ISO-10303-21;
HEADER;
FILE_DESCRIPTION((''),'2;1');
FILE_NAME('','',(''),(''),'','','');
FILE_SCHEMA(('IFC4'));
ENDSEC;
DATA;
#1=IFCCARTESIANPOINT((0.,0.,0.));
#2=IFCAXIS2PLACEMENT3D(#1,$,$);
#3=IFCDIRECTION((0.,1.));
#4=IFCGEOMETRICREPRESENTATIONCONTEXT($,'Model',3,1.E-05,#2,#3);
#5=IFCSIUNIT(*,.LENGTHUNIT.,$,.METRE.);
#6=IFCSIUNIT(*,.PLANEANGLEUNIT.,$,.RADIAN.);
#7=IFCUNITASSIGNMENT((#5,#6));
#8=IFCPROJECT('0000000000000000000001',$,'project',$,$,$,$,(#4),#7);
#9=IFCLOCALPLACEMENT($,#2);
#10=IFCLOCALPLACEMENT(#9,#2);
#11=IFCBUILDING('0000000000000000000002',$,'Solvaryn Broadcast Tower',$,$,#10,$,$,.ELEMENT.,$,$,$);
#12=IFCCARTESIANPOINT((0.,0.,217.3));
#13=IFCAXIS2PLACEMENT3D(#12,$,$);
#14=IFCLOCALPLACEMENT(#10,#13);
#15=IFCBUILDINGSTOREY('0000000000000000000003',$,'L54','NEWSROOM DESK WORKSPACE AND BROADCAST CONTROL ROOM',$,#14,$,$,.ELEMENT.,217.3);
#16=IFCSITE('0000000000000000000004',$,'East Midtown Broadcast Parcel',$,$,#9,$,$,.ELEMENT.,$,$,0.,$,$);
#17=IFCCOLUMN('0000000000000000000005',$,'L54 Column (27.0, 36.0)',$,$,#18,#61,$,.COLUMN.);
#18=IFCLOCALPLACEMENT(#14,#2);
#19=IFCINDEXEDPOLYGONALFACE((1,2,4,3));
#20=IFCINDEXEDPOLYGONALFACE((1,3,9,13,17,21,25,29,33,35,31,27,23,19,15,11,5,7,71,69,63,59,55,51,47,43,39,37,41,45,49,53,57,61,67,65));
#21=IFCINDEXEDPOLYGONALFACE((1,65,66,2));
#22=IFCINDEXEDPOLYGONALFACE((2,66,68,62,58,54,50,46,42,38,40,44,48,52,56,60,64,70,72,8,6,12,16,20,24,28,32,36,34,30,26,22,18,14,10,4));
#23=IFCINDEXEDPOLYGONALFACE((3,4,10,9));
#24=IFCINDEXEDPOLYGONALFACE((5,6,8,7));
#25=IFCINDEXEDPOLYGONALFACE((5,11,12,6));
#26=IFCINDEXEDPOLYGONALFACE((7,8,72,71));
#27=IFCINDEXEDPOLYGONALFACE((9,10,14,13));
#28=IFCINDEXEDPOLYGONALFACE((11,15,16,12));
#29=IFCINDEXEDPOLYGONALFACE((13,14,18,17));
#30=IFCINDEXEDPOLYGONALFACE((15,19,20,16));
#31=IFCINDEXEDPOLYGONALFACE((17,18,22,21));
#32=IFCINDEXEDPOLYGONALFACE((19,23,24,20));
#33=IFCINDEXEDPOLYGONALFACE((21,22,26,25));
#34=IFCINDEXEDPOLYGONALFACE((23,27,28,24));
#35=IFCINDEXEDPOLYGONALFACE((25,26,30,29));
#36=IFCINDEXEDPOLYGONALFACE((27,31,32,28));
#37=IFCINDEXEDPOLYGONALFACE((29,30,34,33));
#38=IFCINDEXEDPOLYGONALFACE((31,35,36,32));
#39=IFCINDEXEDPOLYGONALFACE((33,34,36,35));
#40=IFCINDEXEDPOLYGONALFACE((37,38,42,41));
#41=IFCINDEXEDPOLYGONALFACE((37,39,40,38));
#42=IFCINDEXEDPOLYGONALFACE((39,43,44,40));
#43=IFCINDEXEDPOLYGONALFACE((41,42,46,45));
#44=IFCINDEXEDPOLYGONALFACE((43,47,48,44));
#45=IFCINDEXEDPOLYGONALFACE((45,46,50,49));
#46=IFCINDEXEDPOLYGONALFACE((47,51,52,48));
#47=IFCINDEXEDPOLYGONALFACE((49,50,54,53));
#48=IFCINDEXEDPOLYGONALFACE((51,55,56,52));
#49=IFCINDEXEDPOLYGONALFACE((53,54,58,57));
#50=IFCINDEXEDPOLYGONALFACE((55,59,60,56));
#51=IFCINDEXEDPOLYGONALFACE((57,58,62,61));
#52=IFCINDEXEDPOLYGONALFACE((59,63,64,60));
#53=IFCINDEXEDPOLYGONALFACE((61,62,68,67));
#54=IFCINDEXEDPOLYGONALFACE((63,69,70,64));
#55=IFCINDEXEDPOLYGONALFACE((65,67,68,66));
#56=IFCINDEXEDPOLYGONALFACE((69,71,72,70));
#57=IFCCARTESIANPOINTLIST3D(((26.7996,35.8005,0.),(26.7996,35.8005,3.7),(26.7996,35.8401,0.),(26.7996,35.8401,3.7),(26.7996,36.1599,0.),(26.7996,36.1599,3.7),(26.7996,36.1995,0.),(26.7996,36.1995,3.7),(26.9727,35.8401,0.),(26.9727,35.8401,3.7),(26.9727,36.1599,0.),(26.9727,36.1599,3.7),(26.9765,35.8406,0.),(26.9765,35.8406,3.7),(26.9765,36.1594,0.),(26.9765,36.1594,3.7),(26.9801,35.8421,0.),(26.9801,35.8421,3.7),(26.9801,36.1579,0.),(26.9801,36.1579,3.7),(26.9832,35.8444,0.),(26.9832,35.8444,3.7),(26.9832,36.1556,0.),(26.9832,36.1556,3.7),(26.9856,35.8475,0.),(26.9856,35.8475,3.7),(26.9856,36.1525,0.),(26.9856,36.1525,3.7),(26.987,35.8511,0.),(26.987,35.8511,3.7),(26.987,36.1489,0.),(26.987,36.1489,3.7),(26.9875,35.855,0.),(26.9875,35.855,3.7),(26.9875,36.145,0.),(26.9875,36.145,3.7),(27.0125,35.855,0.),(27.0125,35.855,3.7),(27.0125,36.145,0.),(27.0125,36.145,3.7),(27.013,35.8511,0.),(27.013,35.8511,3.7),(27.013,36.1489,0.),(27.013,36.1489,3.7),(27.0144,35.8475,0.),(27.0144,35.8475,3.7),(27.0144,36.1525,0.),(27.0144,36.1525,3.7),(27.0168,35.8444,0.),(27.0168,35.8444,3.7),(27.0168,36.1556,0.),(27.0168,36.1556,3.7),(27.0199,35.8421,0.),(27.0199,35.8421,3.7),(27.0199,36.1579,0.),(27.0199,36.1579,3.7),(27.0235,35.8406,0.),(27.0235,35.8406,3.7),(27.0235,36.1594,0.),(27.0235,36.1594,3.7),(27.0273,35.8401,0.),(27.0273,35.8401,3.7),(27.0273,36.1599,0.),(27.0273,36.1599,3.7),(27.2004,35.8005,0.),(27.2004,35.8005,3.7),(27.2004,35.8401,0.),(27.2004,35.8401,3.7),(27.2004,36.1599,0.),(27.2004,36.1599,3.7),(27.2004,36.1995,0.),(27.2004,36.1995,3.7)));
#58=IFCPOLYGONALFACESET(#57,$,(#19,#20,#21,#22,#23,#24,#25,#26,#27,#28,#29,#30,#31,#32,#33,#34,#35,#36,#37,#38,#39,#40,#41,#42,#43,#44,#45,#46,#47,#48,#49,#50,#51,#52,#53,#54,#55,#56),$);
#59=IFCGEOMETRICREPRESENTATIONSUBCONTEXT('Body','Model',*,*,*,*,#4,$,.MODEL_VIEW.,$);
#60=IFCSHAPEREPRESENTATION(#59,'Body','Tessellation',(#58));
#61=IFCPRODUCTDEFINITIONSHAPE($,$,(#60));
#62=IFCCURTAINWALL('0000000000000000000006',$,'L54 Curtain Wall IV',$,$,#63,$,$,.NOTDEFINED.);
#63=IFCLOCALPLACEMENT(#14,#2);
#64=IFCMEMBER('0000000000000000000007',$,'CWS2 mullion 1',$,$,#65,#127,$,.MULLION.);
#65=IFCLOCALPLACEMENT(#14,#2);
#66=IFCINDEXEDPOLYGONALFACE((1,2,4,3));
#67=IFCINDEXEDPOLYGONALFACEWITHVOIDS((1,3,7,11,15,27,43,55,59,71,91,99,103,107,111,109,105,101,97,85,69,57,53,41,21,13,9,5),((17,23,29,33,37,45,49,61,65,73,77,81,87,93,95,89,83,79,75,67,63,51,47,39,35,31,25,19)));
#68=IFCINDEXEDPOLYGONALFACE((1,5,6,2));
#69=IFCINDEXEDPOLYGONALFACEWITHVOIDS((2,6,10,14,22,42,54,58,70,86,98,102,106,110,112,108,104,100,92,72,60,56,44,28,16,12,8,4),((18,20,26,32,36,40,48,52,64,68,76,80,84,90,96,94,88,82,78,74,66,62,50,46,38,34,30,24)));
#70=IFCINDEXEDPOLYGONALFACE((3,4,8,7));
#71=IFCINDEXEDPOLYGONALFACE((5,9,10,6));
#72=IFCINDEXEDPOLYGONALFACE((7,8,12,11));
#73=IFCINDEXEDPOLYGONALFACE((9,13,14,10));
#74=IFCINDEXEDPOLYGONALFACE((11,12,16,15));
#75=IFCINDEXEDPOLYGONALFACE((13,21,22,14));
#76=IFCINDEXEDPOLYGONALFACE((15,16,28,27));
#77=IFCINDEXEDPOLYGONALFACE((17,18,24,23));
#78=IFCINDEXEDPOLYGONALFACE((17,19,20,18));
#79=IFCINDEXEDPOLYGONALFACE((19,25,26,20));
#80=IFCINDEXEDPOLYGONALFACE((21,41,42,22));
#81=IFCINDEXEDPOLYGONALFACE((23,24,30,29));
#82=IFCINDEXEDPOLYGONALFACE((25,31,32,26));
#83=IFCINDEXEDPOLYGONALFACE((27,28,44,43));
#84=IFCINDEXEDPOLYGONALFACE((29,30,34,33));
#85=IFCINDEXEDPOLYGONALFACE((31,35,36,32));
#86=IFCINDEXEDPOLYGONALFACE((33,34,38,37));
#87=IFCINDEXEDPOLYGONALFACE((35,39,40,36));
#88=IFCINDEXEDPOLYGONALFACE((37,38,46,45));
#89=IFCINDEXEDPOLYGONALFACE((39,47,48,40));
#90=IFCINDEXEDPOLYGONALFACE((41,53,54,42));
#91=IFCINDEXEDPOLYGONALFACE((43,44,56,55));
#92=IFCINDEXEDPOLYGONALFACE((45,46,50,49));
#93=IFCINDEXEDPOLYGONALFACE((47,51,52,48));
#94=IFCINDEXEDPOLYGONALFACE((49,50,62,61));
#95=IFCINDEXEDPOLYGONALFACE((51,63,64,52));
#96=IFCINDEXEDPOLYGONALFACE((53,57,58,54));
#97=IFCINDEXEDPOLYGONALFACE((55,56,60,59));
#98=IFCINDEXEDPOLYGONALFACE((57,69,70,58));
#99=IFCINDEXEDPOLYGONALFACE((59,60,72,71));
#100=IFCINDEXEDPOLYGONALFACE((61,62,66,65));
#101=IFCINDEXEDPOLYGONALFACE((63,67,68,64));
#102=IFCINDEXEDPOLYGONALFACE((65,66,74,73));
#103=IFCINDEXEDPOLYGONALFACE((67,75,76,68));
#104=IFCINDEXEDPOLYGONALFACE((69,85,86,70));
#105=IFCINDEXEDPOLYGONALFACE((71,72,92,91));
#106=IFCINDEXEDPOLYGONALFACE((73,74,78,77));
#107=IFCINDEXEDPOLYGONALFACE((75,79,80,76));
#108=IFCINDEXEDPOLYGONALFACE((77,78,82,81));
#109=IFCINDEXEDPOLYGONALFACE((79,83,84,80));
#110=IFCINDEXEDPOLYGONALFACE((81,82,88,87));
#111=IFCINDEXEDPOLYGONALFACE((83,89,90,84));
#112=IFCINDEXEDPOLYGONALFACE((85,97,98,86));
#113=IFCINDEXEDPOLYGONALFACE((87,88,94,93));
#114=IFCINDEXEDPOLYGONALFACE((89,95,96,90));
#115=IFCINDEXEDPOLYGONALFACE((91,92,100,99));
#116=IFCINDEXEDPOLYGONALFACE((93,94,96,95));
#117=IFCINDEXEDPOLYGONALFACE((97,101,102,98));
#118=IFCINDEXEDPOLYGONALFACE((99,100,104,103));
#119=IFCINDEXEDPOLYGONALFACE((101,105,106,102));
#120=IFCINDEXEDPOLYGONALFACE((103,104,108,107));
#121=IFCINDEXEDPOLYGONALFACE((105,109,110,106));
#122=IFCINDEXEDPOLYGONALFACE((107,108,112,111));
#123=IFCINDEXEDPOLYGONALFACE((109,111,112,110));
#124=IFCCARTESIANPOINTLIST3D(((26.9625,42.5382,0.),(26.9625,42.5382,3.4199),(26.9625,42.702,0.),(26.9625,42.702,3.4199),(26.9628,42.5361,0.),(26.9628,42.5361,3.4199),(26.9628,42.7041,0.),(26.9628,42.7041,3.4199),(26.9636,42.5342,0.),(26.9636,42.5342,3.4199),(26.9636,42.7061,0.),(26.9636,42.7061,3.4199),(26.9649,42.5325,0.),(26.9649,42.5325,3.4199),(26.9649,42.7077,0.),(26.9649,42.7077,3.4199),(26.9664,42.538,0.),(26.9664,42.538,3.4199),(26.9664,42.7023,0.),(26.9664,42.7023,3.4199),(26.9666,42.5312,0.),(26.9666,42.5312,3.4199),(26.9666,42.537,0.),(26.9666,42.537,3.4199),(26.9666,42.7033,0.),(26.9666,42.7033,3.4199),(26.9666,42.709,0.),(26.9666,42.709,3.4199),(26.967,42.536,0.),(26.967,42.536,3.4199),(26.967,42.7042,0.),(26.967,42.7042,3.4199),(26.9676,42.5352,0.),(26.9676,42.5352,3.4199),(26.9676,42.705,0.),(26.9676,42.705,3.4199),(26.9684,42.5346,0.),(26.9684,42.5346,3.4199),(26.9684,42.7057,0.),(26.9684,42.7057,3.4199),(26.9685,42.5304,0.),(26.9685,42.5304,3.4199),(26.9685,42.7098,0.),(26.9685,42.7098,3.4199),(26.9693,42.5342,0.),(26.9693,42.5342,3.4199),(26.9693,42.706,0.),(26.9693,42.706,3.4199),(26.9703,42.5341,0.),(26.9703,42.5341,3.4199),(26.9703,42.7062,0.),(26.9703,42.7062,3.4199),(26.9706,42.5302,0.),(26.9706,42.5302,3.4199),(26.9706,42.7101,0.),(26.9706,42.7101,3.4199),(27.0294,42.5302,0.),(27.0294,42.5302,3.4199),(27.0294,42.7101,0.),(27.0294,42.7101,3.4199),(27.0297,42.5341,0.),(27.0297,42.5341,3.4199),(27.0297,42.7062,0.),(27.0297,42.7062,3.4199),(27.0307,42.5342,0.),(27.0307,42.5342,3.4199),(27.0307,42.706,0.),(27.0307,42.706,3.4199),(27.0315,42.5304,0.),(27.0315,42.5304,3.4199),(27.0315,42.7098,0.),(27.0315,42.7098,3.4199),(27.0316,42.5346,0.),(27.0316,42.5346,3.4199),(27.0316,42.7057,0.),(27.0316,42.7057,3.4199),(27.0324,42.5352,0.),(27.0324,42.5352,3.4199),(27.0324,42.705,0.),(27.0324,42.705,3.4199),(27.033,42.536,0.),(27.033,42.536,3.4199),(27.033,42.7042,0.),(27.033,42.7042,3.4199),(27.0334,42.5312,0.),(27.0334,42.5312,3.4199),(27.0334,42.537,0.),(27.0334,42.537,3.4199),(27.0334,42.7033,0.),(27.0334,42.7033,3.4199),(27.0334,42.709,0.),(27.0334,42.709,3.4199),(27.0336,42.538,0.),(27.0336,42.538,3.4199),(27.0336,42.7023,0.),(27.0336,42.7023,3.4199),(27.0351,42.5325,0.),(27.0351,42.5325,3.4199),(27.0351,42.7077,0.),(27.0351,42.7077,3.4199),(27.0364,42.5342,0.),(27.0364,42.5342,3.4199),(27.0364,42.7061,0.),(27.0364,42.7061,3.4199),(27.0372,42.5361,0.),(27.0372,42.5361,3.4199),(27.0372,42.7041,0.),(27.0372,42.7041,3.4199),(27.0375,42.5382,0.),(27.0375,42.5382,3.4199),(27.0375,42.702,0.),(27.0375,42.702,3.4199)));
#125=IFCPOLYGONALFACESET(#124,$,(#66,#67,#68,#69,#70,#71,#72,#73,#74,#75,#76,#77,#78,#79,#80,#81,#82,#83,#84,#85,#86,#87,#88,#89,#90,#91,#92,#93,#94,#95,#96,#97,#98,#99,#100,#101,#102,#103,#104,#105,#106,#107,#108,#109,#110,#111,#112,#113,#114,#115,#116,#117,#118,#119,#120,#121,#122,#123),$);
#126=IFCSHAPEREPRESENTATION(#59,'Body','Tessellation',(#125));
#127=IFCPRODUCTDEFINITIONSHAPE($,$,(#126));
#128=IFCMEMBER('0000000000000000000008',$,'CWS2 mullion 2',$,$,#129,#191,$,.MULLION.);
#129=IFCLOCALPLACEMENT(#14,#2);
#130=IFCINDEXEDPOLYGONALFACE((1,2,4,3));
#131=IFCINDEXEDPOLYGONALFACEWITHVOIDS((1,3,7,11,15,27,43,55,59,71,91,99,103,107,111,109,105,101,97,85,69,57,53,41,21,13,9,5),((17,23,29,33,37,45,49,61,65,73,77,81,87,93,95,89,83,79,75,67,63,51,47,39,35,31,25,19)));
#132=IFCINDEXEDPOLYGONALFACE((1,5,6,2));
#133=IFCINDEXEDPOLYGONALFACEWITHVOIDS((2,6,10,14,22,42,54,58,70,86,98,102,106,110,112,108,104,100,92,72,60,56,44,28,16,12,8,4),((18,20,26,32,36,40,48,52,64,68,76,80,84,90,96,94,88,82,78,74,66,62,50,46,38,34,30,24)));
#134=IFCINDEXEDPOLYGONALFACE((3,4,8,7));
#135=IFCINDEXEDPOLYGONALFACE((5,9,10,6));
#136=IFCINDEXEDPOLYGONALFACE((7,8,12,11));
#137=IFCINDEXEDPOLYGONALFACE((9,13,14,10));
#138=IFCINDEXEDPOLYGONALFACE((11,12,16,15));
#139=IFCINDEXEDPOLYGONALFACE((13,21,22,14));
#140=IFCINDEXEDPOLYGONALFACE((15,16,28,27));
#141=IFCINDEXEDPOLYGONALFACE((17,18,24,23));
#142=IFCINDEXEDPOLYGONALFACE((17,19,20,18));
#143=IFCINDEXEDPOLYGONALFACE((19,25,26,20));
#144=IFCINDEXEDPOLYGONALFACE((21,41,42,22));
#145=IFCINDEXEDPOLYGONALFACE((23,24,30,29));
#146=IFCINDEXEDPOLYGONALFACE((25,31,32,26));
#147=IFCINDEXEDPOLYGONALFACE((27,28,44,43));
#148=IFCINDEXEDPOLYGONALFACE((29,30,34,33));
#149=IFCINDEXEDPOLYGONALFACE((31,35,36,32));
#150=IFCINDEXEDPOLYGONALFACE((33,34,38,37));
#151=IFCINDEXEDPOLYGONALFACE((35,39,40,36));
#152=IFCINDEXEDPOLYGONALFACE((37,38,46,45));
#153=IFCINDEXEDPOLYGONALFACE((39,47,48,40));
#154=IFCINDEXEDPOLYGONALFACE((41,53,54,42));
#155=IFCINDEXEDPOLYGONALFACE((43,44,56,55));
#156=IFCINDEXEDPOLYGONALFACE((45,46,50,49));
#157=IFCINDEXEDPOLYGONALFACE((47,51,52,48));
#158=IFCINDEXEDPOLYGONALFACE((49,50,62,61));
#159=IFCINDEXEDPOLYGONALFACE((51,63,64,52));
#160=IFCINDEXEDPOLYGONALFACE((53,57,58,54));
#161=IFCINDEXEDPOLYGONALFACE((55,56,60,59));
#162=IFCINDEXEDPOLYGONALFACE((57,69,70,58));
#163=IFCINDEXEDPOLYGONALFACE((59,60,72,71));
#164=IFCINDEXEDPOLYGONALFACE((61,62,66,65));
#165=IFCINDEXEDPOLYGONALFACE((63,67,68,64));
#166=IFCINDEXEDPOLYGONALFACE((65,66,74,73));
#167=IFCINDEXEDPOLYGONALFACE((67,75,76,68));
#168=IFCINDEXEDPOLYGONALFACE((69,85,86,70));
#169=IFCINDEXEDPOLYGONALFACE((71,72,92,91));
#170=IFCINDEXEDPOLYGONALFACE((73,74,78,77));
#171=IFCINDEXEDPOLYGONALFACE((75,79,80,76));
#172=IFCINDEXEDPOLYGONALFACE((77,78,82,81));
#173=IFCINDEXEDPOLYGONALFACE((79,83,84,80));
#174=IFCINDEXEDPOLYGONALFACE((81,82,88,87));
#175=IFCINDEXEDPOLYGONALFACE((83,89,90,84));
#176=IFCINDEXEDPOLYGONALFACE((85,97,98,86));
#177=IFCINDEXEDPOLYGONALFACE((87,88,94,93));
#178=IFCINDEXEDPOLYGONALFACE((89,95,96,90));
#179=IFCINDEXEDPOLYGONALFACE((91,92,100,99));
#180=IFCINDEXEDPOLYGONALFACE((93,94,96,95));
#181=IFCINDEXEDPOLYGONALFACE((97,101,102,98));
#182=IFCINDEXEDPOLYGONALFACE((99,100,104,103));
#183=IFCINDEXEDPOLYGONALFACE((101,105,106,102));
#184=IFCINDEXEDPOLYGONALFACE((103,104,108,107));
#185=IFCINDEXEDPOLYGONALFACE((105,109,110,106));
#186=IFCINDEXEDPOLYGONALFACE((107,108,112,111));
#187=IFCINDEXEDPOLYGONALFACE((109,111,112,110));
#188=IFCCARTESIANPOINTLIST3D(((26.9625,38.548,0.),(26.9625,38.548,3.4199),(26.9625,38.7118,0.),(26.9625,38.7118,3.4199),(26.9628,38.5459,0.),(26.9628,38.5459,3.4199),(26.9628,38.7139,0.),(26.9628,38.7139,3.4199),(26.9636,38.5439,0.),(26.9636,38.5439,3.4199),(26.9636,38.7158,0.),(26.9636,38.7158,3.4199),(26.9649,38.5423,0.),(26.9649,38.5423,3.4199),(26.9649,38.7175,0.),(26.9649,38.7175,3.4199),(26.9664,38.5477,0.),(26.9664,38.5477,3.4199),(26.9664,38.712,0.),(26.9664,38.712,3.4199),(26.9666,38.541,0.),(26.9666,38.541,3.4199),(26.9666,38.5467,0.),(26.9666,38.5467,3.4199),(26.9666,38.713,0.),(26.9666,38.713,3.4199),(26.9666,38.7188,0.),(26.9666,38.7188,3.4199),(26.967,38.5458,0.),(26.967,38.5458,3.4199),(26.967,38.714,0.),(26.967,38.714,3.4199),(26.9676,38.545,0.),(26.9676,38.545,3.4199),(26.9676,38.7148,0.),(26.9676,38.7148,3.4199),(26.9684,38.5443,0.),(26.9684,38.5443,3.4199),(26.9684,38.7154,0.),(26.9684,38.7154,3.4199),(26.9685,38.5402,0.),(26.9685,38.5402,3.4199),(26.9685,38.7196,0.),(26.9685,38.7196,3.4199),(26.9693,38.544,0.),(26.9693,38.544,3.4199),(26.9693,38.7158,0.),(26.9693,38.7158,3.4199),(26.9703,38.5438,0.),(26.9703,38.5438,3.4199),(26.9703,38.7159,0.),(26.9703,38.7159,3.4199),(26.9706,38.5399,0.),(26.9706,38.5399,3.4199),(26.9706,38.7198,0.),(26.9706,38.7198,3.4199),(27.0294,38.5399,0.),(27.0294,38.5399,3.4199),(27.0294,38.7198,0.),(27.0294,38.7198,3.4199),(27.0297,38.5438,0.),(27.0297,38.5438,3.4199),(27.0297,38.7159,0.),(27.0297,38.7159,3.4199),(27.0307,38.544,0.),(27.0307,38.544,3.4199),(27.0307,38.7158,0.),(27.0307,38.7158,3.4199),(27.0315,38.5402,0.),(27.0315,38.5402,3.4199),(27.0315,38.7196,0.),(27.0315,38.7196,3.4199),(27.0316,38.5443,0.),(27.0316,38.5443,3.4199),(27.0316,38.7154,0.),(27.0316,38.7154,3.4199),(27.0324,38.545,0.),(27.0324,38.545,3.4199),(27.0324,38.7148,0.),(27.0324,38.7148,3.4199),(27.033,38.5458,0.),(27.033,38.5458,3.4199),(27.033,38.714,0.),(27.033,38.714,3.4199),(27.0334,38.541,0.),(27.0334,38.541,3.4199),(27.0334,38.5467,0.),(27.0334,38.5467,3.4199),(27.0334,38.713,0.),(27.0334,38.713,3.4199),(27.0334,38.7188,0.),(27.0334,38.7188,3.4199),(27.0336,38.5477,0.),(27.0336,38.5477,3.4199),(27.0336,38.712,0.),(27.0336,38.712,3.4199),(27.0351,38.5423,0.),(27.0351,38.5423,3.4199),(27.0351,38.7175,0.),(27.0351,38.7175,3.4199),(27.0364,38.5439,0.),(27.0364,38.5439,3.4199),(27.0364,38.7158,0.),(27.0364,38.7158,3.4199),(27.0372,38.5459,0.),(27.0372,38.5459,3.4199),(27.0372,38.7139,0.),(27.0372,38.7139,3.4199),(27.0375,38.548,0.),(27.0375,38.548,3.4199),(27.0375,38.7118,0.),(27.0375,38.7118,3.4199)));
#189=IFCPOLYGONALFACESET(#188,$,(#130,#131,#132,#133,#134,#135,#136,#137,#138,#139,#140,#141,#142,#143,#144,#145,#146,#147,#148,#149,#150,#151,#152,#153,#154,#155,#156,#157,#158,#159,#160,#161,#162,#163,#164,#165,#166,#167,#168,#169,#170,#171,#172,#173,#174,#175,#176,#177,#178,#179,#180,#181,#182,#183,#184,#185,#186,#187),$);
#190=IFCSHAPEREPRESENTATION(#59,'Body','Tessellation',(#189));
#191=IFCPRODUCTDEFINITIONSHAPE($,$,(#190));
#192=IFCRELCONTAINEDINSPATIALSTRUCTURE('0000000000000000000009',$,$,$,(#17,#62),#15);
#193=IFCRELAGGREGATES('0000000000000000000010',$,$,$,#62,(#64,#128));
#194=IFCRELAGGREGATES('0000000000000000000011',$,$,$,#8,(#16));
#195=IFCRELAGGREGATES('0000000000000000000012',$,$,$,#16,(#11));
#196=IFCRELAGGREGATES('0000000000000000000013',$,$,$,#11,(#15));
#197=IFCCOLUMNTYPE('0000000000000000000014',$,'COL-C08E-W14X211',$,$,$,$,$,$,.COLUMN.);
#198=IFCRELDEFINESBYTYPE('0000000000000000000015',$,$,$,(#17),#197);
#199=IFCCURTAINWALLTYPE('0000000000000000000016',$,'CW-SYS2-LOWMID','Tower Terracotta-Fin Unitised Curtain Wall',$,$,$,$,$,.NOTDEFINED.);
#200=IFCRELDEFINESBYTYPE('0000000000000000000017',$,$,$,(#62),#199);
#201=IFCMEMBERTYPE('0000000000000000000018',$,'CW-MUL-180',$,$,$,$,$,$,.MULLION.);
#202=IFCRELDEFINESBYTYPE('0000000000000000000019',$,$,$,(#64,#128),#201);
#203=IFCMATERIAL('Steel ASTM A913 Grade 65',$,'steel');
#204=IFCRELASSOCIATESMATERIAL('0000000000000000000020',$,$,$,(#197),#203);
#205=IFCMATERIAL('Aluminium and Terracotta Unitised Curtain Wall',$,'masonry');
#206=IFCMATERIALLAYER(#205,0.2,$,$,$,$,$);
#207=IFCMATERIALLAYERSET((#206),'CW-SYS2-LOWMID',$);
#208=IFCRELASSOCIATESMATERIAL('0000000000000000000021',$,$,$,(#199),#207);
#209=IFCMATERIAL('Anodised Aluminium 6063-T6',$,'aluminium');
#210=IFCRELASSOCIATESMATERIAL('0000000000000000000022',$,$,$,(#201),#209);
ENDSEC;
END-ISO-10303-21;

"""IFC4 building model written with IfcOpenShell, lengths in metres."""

from ifc_helpers import new_model, si_unit, direction, frame, origin, origin_2d, place, context, subcontext, project, spatial, hollow_rectangle, i_section, extrude, material, layer, layer_set, material_profile, profile_set, type_object, element, aggregate, save


model = new_model("IFC4")

# Units and contexts
model_context = context("Model", 3, precision=1e-05, world=origin(), true_north=direction((0.0, 1.0)))
body_context = subcontext(model_context, "Body", "Model", "MODEL_VIEW")
ifc_project = project(units=[si_unit("LENGTHUNIT", "METRE"), si_unit("PLANEANGLEUNIT", "RADIAN")], contexts=[model_context])

# Site, building, storey
site_placement = place(None, origin())
site = spatial("IfcSite", under=ifc_project, at=site_placement, Name="East Midtown Broadcast Parcel", CompositionType="ELEMENT", RefElevation=0.0)
building_placement = place(site_placement, origin())
building = spatial("IfcBuilding", under=site, at=building_placement, Name="Solvaryn Broadcast Tower", CompositionType="ELEMENT")
storey_placement = place(building_placement, frame((0.0, 0.0, 217.3)))
storey = spatial("IfcBuildingStorey", under=building, at=storey_placement, Name="L54", Description="NEWSROOM DESK WORKSPACE AND BROADCAST CONTROL ROOM", CompositionType="ELEMENT", Elevation=217.3)

# Column
ifc_material_1 = material(Name="Steel ASTM A913 Grade 65", Category="steel")
ifc_material_profile_1 = material_profile(ifc_material_1, i_section(OverallWidth=0.4009, OverallDepth=0.3989, WebThickness=0.0249, FlangeThickness=0.0396, FilletRadius=0.0149, at=origin_2d()))
ifc_profile_set_1 = profile_set([ifc_material_profile_1], Name="Steel ASTM A913 Grade 65")
column_type = type_object("IfcColumnType", Name="COL-C08E-W14X211", PredefinedType="COLUMN", material=ifc_profile_set_1)
column_placement = place(storey_placement, frame((27.0, 36.0, 0.0), z_axis=(0.0, 0.0, 1.0), x_axis=(1.0, 0.0, 0.0)))
element("IfcColumn", 1, at=column_placement, inside=storey, type_object=column_type, Name="L54 Column (27.0, 36.0)", PredefinedType="COLUMN", context=body_context, shape_type="SweptSolid", body=[
    extrude(i_section(OverallWidth=0.4009, OverallDepth=0.3989, WebThickness=0.0249, FlangeThickness=0.0396, FilletRadius=0.0149, at=origin_2d()), origin(), (0.0, 0.0, 1.0), 3.7),
])

# Curtain wall, members
ifc_material_2 = material(Name="Aluminium and Terracotta Unitised Curtain Wall", Category="masonry")
ifc_layer_1 = layer(ifc_material_2, 0.2)
ifc_layer_set_1 = layer_set([ifc_layer_1], Name="CW-SYS2-LOWMID")
curtain_wall_type = type_object("IfcCurtainWallType", Name="CW-SYS2-LOWMID", Description="Tower Terracotta-Fin Unitised Curtain Wall", PredefinedType="NOTDEFINED", material=ifc_layer_set_1)
curtain_wall_1_placement = place(storey_placement, origin())
curtain_wall_1 = element("IfcCurtainWall", 2, at=curtain_wall_1_placement, inside=storey, type_object=curtain_wall_type, Name="L54 Curtain Wall IV", PredefinedType="NOTDEFINED")
ifc_material_3 = material(Name="Anodised Aluminium 6063-T6", Category="aluminium")
ifc_material_profile_2 = material_profile(ifc_material_3, hollow_rectangle(XDim=0.075, YDim=0.1799, WallThickness=0.0039, InnerFilletRadius=0.0039, OuterFilletRadius=0.0081, at=origin_2d()))
ifc_profile_set_2 = profile_set([ifc_material_profile_2], Name="Anodised Aluminium 6063-T6")
member_type_1 = type_object("IfcMemberType", Name="CW-MUL-180", PredefinedType="MULLION", material=ifc_profile_set_2)
member_1_placement = place(storey_placement, frame((27.0, 42.6201, 0.0), z_axis=(0.0, 0.0, 1.0), x_axis=(1.0, 0.0, 0.0)))
member_1 = element("IfcMember", 3, at=member_1_placement, type_object=member_type_1, Name="CWS2 mullion 1", PredefinedType="MULLION", context=body_context, shape_type="SweptSolid", body=[
    extrude(hollow_rectangle(XDim=0.075, YDim=0.1799, WallThickness=0.0039, InnerFilletRadius=0.0039, OuterFilletRadius=0.0081, at=origin_2d()), origin(), (0.0, 0.0, 1.0), 3.4199),
])
member_2_placement = place(storey_placement, frame((27.0, 38.6299, 0.0), z_axis=(0.0, 0.0, 1.0), x_axis=(1.0, 0.0, 0.0)))
member_2 = element("IfcMember", 4, at=member_2_placement, type_object=member_type_1, Name="CWS2 mullion 2", PredefinedType="MULLION", context=body_context, shape_type="SweptSolid", body=[
    extrude(hollow_rectangle(XDim=0.075, YDim=0.1799, WallThickness=0.0039, InnerFilletRadius=0.0039, OuterFilletRadius=0.0081, at=origin_2d()), origin(), (0.0, 0.0, 1.0), 3.4199),
])

aggregate(curtain_wall_1, [member_1, member_2])

save(model, "model.ifc")
